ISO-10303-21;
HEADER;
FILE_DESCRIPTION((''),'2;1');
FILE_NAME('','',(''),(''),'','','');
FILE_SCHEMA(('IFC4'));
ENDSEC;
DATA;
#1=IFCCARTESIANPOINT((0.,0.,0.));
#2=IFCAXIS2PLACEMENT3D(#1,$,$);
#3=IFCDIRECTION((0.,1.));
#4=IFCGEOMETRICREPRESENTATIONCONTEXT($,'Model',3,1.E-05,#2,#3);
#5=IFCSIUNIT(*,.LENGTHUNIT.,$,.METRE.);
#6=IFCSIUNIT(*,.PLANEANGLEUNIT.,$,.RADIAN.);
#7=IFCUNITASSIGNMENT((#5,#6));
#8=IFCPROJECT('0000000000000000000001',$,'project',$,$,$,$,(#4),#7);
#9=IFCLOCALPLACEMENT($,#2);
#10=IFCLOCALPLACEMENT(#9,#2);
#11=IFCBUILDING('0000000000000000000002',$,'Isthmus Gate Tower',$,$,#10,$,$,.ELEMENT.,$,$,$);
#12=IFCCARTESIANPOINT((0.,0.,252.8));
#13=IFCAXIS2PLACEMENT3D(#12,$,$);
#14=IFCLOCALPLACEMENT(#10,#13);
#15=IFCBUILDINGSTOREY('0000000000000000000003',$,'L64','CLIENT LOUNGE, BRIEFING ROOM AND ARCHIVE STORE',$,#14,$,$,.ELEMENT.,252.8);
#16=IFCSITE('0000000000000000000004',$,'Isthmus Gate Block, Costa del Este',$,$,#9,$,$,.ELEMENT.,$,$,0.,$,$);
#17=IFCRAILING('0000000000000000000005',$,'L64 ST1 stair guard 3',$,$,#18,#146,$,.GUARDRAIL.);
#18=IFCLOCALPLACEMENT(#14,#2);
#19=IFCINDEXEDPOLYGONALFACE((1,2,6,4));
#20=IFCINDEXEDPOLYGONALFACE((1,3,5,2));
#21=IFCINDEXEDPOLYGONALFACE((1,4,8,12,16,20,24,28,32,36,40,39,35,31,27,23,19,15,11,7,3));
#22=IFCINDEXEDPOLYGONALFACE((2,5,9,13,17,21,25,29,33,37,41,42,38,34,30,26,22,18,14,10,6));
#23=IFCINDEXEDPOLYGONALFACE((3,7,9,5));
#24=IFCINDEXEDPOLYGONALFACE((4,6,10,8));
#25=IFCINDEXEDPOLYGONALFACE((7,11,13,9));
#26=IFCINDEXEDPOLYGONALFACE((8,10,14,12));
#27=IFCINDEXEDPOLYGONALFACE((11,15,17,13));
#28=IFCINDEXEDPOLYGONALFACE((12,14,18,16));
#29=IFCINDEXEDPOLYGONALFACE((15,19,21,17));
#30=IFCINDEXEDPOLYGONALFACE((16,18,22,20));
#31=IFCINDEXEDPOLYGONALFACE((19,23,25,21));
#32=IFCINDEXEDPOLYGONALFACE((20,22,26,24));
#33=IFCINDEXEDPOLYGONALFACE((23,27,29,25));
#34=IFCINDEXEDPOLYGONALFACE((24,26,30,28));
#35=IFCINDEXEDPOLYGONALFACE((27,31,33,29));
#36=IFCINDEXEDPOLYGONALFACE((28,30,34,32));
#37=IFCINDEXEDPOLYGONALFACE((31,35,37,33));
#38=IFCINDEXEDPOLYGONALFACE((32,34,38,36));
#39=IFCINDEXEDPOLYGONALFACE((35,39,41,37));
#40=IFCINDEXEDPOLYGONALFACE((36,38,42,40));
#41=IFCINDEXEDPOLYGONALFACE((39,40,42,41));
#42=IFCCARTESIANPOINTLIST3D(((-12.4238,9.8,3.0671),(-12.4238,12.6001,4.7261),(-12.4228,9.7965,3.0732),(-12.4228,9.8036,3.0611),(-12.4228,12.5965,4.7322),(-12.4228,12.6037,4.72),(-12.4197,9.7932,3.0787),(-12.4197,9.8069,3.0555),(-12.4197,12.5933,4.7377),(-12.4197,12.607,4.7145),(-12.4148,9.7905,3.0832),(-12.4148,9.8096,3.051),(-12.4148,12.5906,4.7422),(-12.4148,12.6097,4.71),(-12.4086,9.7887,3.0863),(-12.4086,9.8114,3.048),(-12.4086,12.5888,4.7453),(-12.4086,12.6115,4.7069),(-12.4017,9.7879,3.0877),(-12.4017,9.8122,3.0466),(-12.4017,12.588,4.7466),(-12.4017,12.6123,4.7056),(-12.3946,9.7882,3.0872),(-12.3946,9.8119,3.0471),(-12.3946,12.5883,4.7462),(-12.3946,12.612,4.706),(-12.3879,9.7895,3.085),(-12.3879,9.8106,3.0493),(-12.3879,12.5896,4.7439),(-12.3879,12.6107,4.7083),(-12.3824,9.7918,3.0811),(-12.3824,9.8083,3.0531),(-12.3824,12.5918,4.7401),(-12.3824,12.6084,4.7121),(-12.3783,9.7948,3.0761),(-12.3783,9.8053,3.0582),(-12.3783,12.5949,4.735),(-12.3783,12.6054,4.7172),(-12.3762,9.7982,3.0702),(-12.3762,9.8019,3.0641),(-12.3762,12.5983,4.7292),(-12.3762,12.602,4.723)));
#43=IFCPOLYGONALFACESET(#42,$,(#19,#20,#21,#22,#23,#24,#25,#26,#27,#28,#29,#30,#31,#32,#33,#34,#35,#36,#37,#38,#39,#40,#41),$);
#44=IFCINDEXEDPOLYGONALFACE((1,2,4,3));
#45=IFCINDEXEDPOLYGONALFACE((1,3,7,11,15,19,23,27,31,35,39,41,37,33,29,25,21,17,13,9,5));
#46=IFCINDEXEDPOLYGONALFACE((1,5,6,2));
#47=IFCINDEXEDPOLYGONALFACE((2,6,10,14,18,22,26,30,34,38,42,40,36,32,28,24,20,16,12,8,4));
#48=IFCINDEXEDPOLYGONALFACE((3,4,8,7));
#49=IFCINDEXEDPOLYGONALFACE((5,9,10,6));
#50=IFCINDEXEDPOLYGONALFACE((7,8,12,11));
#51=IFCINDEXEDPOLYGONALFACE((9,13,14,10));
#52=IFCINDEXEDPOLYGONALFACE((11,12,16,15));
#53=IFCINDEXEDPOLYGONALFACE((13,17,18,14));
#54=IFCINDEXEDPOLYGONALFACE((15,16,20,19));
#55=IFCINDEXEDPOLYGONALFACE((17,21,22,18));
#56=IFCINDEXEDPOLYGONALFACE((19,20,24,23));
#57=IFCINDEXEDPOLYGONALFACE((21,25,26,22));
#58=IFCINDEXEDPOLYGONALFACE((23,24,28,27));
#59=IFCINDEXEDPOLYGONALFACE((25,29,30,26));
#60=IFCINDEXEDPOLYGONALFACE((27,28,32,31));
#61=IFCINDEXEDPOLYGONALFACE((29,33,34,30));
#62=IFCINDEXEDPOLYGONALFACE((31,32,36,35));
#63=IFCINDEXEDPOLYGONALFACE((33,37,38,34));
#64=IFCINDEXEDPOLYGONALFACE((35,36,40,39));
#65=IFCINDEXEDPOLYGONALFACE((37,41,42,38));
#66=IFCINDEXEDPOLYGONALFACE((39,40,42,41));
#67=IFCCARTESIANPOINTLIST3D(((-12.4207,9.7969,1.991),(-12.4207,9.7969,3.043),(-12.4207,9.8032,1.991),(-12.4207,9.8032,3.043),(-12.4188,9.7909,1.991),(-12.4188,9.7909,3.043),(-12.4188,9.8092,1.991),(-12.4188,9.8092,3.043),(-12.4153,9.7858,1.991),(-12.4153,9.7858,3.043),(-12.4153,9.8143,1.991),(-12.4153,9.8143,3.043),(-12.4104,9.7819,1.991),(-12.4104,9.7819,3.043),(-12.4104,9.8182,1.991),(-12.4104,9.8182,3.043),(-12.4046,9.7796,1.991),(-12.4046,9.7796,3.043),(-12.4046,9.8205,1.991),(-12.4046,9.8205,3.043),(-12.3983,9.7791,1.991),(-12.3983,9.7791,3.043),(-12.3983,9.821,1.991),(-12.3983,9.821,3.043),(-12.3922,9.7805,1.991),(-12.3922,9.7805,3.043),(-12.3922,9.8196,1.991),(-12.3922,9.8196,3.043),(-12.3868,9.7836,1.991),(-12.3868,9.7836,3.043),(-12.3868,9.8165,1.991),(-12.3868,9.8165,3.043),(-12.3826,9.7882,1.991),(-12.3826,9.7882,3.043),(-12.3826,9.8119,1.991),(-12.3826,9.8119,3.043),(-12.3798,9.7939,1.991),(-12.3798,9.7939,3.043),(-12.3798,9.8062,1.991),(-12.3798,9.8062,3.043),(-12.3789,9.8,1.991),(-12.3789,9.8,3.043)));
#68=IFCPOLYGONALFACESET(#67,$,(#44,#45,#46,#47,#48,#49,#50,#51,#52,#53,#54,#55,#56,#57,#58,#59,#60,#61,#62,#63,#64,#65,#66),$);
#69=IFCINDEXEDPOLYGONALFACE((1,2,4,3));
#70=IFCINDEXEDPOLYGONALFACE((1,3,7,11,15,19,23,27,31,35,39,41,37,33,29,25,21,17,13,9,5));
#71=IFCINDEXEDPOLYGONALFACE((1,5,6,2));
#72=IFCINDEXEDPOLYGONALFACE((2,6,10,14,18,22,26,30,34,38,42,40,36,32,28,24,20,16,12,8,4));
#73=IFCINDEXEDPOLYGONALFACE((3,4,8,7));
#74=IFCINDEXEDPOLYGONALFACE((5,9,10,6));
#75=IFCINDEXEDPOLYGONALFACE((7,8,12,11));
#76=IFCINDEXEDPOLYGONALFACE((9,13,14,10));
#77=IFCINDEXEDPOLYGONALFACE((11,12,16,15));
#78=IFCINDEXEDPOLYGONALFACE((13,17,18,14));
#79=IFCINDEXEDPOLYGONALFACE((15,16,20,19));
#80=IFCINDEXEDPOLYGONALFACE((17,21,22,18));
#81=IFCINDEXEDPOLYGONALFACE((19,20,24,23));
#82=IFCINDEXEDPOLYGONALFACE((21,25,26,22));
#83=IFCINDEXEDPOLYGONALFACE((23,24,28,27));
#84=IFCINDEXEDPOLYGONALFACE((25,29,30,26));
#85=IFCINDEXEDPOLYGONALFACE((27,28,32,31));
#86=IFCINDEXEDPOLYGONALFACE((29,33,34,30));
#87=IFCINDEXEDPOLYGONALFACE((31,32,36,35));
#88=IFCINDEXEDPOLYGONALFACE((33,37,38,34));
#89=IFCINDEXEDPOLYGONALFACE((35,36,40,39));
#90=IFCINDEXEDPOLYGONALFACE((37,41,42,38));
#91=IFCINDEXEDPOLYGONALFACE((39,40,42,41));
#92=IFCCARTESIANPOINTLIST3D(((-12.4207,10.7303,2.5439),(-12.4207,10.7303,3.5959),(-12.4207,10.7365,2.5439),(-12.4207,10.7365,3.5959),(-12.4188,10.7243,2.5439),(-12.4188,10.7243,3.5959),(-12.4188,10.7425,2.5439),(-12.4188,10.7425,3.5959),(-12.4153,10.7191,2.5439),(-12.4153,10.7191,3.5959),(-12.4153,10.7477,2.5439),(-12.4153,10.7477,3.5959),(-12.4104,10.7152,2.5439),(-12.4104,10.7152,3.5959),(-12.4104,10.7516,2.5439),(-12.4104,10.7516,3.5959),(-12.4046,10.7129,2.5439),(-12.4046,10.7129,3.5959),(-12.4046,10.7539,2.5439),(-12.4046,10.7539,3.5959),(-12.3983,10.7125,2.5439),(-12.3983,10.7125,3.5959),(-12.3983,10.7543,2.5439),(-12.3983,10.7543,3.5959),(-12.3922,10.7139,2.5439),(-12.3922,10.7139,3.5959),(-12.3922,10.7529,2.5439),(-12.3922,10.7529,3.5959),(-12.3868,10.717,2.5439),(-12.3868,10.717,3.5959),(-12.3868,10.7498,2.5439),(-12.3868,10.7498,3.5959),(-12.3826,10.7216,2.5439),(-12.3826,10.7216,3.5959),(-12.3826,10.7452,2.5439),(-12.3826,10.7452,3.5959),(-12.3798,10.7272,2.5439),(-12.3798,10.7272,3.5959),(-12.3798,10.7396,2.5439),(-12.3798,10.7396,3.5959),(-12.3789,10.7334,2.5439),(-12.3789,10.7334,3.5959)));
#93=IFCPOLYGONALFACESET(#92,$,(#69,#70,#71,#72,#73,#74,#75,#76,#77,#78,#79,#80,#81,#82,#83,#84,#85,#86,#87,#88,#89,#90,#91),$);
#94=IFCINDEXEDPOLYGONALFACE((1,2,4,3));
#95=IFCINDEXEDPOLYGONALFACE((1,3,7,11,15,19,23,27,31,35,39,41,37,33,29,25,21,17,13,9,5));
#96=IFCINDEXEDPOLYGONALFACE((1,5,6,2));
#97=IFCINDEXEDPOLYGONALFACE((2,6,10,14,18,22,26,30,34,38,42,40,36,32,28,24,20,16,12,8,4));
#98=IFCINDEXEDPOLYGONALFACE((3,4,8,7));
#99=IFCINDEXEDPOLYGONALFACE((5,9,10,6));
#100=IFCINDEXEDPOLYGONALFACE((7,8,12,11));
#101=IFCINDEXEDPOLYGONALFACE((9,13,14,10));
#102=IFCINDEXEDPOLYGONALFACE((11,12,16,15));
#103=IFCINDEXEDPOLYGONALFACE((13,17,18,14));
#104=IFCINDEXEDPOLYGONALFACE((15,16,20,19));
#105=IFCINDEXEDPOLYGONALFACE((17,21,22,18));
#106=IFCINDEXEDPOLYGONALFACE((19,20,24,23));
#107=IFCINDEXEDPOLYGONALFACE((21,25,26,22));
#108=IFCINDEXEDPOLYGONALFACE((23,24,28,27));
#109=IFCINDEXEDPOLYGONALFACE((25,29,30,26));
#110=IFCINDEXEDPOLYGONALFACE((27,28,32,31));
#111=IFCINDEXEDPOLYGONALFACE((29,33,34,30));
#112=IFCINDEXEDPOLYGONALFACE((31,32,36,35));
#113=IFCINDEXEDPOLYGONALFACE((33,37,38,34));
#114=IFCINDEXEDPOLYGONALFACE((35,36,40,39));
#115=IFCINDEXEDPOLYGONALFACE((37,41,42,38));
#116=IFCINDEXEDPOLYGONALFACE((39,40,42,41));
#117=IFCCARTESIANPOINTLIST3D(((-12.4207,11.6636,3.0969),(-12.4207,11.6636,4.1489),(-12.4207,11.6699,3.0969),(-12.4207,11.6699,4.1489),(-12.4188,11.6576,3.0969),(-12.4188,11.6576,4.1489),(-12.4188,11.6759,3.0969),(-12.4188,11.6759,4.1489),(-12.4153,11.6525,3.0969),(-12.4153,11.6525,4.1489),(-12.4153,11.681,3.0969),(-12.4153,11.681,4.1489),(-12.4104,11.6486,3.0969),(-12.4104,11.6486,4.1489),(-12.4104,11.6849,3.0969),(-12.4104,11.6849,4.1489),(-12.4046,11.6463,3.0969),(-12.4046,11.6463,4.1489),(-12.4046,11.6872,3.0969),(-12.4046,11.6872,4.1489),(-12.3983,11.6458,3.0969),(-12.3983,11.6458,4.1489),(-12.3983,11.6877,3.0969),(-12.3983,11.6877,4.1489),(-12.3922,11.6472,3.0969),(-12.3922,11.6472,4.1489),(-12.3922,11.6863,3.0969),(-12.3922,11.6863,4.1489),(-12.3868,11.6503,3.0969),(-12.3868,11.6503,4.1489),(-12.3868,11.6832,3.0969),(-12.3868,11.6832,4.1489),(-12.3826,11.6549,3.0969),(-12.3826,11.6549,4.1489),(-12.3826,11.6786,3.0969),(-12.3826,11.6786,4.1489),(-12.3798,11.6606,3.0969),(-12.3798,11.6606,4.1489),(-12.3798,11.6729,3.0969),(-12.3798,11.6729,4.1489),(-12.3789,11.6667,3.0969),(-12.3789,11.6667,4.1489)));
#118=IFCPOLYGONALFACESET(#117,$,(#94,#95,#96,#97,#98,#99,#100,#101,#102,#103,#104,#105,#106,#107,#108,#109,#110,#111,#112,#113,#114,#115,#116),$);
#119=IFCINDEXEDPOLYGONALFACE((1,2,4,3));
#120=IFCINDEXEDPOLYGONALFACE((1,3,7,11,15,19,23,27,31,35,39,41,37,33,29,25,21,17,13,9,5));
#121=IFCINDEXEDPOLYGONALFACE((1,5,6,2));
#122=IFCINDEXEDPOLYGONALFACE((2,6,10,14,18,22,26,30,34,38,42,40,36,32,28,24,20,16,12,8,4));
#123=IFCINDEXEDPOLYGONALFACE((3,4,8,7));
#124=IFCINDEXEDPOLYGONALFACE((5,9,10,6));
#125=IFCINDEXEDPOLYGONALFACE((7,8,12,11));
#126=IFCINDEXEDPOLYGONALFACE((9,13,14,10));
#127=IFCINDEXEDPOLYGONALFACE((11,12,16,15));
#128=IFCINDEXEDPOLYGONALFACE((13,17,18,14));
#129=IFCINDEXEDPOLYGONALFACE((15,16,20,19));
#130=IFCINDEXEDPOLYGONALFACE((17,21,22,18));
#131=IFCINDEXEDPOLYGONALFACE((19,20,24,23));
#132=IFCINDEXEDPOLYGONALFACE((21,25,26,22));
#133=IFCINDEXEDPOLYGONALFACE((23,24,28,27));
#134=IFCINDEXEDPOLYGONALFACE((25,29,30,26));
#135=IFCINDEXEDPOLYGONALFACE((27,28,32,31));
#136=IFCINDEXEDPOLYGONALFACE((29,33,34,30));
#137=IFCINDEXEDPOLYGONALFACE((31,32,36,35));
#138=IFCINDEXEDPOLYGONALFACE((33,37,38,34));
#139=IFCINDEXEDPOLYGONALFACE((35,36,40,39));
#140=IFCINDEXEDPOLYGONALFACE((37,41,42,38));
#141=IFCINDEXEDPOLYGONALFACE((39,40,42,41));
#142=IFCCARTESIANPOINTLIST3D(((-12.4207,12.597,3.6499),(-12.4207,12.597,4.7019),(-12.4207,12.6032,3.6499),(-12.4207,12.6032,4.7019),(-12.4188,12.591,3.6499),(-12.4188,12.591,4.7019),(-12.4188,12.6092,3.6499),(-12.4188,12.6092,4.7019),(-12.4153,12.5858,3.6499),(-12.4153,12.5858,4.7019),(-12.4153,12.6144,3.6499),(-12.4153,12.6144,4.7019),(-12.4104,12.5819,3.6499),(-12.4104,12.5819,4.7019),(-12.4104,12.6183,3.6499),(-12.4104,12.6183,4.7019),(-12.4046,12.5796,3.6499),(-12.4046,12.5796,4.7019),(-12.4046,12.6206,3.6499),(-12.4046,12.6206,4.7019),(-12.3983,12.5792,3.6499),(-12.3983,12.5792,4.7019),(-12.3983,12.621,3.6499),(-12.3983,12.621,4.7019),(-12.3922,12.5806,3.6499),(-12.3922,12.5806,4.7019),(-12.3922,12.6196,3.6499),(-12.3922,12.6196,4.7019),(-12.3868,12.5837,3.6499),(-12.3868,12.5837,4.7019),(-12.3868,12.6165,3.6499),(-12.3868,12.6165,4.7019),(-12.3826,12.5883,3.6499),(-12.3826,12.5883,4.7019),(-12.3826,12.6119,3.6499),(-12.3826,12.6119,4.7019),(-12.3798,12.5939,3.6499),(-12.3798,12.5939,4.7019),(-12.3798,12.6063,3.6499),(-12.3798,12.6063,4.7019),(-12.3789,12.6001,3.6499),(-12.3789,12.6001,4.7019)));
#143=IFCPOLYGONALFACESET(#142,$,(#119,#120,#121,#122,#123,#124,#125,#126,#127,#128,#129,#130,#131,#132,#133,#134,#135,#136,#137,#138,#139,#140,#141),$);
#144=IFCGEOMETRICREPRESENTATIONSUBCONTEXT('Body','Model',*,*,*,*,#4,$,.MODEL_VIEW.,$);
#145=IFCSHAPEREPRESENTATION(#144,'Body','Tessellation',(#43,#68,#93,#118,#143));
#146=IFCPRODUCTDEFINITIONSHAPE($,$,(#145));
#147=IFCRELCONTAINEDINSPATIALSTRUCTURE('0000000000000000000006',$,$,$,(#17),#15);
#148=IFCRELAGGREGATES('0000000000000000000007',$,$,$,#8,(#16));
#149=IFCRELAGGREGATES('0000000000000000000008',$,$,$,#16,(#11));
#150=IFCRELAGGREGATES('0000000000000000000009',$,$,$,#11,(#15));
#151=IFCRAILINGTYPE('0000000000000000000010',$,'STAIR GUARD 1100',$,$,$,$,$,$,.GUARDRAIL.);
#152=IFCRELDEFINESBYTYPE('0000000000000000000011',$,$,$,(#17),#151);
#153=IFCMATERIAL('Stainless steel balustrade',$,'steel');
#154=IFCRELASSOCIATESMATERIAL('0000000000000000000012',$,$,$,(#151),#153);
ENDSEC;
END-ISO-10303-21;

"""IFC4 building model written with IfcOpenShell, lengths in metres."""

from ifc_helpers import new_model, si_unit, direction, frame, origin, origin_2d, place, context, subcontext, project, spatial, circle, extrude, material, type_object, element, save


model = new_model("IFC4")

# Units and contexts
model_context = context("Model", 3, precision=1e-05, world=origin(), true_north=direction((0.0, 1.0)))
body_context = subcontext(model_context, "Body", "Model", "MODEL_VIEW")
ifc_project = project(units=[si_unit("LENGTHUNIT", "METRE"), si_unit("PLANEANGLEUNIT", "RADIAN")], contexts=[model_context])

# Site, building, storey
site_placement = place(None, origin())
site = spatial("IfcSite", under=ifc_project, at=site_placement, Name="Isthmus Gate Block, Costa del Este", CompositionType="ELEMENT", RefElevation=0.0)
building_placement = place(site_placement, origin())
building = spatial("IfcBuilding", under=site, at=building_placement, Name="Isthmus Gate Tower", CompositionType="ELEMENT")
storey_placement = place(building_placement, frame((0.0, 0.0, 252.8)))
storey = spatial("IfcBuildingStorey", under=building, at=storey_placement, Name="L64", Description="CLIENT LOUNGE, BRIEFING ROOM AND ARCHIVE STORE", CompositionType="ELEMENT", Elevation=252.8)

# Railing
ifc_material_1 = material(Name="Stainless steel balustrade", Category="steel")
railing_type_1 = type_object("IfcRailingType", Name="STAIR GUARD 1100", PredefinedType="GUARDRAIL", material=ifc_material_1)
railing_1_placement = place(storey_placement, frame((-12.3999, 9.8, 1.991)))
element("IfcRailing", 1, at=railing_1_placement, inside=storey, type_object=railing_type_1, Name="L64 ST1 stair guard 3", PredefinedType="GUARDRAIL", context=body_context, shape_type="SweptSolid", body=[
    extrude(circle(Radius=0.0239, at=origin_2d()), frame((0.0, 0.0, 1.0762), z_axis=(0.0, 0.860339, 0.509722), x_axis=(-1.0, 0.0, 0.0)), (0.0, 0.0, 1.0), 3.2546),
    extrude(circle(Radius=0.021, at=origin_2d()), origin(), (0.0, 0.0, 1.0), 1.052),
    extrude(circle(Radius=0.021, at=origin_2d()), frame((0.0, 0.9333, 0.553)), (0.0, 0.0, 1.0), 1.052),
    extrude(circle(Radius=0.021, at=origin_2d()), frame((0.0, 1.8667, 1.106)), (0.0, 0.0, 1.0), 1.052),
    extrude(circle(Radius=0.021, at=origin_2d()), frame((0.0, 2.8, 1.6589)), (0.0, 0.0, 1.0), 1.052),
])

save(model, "model.ifc")
